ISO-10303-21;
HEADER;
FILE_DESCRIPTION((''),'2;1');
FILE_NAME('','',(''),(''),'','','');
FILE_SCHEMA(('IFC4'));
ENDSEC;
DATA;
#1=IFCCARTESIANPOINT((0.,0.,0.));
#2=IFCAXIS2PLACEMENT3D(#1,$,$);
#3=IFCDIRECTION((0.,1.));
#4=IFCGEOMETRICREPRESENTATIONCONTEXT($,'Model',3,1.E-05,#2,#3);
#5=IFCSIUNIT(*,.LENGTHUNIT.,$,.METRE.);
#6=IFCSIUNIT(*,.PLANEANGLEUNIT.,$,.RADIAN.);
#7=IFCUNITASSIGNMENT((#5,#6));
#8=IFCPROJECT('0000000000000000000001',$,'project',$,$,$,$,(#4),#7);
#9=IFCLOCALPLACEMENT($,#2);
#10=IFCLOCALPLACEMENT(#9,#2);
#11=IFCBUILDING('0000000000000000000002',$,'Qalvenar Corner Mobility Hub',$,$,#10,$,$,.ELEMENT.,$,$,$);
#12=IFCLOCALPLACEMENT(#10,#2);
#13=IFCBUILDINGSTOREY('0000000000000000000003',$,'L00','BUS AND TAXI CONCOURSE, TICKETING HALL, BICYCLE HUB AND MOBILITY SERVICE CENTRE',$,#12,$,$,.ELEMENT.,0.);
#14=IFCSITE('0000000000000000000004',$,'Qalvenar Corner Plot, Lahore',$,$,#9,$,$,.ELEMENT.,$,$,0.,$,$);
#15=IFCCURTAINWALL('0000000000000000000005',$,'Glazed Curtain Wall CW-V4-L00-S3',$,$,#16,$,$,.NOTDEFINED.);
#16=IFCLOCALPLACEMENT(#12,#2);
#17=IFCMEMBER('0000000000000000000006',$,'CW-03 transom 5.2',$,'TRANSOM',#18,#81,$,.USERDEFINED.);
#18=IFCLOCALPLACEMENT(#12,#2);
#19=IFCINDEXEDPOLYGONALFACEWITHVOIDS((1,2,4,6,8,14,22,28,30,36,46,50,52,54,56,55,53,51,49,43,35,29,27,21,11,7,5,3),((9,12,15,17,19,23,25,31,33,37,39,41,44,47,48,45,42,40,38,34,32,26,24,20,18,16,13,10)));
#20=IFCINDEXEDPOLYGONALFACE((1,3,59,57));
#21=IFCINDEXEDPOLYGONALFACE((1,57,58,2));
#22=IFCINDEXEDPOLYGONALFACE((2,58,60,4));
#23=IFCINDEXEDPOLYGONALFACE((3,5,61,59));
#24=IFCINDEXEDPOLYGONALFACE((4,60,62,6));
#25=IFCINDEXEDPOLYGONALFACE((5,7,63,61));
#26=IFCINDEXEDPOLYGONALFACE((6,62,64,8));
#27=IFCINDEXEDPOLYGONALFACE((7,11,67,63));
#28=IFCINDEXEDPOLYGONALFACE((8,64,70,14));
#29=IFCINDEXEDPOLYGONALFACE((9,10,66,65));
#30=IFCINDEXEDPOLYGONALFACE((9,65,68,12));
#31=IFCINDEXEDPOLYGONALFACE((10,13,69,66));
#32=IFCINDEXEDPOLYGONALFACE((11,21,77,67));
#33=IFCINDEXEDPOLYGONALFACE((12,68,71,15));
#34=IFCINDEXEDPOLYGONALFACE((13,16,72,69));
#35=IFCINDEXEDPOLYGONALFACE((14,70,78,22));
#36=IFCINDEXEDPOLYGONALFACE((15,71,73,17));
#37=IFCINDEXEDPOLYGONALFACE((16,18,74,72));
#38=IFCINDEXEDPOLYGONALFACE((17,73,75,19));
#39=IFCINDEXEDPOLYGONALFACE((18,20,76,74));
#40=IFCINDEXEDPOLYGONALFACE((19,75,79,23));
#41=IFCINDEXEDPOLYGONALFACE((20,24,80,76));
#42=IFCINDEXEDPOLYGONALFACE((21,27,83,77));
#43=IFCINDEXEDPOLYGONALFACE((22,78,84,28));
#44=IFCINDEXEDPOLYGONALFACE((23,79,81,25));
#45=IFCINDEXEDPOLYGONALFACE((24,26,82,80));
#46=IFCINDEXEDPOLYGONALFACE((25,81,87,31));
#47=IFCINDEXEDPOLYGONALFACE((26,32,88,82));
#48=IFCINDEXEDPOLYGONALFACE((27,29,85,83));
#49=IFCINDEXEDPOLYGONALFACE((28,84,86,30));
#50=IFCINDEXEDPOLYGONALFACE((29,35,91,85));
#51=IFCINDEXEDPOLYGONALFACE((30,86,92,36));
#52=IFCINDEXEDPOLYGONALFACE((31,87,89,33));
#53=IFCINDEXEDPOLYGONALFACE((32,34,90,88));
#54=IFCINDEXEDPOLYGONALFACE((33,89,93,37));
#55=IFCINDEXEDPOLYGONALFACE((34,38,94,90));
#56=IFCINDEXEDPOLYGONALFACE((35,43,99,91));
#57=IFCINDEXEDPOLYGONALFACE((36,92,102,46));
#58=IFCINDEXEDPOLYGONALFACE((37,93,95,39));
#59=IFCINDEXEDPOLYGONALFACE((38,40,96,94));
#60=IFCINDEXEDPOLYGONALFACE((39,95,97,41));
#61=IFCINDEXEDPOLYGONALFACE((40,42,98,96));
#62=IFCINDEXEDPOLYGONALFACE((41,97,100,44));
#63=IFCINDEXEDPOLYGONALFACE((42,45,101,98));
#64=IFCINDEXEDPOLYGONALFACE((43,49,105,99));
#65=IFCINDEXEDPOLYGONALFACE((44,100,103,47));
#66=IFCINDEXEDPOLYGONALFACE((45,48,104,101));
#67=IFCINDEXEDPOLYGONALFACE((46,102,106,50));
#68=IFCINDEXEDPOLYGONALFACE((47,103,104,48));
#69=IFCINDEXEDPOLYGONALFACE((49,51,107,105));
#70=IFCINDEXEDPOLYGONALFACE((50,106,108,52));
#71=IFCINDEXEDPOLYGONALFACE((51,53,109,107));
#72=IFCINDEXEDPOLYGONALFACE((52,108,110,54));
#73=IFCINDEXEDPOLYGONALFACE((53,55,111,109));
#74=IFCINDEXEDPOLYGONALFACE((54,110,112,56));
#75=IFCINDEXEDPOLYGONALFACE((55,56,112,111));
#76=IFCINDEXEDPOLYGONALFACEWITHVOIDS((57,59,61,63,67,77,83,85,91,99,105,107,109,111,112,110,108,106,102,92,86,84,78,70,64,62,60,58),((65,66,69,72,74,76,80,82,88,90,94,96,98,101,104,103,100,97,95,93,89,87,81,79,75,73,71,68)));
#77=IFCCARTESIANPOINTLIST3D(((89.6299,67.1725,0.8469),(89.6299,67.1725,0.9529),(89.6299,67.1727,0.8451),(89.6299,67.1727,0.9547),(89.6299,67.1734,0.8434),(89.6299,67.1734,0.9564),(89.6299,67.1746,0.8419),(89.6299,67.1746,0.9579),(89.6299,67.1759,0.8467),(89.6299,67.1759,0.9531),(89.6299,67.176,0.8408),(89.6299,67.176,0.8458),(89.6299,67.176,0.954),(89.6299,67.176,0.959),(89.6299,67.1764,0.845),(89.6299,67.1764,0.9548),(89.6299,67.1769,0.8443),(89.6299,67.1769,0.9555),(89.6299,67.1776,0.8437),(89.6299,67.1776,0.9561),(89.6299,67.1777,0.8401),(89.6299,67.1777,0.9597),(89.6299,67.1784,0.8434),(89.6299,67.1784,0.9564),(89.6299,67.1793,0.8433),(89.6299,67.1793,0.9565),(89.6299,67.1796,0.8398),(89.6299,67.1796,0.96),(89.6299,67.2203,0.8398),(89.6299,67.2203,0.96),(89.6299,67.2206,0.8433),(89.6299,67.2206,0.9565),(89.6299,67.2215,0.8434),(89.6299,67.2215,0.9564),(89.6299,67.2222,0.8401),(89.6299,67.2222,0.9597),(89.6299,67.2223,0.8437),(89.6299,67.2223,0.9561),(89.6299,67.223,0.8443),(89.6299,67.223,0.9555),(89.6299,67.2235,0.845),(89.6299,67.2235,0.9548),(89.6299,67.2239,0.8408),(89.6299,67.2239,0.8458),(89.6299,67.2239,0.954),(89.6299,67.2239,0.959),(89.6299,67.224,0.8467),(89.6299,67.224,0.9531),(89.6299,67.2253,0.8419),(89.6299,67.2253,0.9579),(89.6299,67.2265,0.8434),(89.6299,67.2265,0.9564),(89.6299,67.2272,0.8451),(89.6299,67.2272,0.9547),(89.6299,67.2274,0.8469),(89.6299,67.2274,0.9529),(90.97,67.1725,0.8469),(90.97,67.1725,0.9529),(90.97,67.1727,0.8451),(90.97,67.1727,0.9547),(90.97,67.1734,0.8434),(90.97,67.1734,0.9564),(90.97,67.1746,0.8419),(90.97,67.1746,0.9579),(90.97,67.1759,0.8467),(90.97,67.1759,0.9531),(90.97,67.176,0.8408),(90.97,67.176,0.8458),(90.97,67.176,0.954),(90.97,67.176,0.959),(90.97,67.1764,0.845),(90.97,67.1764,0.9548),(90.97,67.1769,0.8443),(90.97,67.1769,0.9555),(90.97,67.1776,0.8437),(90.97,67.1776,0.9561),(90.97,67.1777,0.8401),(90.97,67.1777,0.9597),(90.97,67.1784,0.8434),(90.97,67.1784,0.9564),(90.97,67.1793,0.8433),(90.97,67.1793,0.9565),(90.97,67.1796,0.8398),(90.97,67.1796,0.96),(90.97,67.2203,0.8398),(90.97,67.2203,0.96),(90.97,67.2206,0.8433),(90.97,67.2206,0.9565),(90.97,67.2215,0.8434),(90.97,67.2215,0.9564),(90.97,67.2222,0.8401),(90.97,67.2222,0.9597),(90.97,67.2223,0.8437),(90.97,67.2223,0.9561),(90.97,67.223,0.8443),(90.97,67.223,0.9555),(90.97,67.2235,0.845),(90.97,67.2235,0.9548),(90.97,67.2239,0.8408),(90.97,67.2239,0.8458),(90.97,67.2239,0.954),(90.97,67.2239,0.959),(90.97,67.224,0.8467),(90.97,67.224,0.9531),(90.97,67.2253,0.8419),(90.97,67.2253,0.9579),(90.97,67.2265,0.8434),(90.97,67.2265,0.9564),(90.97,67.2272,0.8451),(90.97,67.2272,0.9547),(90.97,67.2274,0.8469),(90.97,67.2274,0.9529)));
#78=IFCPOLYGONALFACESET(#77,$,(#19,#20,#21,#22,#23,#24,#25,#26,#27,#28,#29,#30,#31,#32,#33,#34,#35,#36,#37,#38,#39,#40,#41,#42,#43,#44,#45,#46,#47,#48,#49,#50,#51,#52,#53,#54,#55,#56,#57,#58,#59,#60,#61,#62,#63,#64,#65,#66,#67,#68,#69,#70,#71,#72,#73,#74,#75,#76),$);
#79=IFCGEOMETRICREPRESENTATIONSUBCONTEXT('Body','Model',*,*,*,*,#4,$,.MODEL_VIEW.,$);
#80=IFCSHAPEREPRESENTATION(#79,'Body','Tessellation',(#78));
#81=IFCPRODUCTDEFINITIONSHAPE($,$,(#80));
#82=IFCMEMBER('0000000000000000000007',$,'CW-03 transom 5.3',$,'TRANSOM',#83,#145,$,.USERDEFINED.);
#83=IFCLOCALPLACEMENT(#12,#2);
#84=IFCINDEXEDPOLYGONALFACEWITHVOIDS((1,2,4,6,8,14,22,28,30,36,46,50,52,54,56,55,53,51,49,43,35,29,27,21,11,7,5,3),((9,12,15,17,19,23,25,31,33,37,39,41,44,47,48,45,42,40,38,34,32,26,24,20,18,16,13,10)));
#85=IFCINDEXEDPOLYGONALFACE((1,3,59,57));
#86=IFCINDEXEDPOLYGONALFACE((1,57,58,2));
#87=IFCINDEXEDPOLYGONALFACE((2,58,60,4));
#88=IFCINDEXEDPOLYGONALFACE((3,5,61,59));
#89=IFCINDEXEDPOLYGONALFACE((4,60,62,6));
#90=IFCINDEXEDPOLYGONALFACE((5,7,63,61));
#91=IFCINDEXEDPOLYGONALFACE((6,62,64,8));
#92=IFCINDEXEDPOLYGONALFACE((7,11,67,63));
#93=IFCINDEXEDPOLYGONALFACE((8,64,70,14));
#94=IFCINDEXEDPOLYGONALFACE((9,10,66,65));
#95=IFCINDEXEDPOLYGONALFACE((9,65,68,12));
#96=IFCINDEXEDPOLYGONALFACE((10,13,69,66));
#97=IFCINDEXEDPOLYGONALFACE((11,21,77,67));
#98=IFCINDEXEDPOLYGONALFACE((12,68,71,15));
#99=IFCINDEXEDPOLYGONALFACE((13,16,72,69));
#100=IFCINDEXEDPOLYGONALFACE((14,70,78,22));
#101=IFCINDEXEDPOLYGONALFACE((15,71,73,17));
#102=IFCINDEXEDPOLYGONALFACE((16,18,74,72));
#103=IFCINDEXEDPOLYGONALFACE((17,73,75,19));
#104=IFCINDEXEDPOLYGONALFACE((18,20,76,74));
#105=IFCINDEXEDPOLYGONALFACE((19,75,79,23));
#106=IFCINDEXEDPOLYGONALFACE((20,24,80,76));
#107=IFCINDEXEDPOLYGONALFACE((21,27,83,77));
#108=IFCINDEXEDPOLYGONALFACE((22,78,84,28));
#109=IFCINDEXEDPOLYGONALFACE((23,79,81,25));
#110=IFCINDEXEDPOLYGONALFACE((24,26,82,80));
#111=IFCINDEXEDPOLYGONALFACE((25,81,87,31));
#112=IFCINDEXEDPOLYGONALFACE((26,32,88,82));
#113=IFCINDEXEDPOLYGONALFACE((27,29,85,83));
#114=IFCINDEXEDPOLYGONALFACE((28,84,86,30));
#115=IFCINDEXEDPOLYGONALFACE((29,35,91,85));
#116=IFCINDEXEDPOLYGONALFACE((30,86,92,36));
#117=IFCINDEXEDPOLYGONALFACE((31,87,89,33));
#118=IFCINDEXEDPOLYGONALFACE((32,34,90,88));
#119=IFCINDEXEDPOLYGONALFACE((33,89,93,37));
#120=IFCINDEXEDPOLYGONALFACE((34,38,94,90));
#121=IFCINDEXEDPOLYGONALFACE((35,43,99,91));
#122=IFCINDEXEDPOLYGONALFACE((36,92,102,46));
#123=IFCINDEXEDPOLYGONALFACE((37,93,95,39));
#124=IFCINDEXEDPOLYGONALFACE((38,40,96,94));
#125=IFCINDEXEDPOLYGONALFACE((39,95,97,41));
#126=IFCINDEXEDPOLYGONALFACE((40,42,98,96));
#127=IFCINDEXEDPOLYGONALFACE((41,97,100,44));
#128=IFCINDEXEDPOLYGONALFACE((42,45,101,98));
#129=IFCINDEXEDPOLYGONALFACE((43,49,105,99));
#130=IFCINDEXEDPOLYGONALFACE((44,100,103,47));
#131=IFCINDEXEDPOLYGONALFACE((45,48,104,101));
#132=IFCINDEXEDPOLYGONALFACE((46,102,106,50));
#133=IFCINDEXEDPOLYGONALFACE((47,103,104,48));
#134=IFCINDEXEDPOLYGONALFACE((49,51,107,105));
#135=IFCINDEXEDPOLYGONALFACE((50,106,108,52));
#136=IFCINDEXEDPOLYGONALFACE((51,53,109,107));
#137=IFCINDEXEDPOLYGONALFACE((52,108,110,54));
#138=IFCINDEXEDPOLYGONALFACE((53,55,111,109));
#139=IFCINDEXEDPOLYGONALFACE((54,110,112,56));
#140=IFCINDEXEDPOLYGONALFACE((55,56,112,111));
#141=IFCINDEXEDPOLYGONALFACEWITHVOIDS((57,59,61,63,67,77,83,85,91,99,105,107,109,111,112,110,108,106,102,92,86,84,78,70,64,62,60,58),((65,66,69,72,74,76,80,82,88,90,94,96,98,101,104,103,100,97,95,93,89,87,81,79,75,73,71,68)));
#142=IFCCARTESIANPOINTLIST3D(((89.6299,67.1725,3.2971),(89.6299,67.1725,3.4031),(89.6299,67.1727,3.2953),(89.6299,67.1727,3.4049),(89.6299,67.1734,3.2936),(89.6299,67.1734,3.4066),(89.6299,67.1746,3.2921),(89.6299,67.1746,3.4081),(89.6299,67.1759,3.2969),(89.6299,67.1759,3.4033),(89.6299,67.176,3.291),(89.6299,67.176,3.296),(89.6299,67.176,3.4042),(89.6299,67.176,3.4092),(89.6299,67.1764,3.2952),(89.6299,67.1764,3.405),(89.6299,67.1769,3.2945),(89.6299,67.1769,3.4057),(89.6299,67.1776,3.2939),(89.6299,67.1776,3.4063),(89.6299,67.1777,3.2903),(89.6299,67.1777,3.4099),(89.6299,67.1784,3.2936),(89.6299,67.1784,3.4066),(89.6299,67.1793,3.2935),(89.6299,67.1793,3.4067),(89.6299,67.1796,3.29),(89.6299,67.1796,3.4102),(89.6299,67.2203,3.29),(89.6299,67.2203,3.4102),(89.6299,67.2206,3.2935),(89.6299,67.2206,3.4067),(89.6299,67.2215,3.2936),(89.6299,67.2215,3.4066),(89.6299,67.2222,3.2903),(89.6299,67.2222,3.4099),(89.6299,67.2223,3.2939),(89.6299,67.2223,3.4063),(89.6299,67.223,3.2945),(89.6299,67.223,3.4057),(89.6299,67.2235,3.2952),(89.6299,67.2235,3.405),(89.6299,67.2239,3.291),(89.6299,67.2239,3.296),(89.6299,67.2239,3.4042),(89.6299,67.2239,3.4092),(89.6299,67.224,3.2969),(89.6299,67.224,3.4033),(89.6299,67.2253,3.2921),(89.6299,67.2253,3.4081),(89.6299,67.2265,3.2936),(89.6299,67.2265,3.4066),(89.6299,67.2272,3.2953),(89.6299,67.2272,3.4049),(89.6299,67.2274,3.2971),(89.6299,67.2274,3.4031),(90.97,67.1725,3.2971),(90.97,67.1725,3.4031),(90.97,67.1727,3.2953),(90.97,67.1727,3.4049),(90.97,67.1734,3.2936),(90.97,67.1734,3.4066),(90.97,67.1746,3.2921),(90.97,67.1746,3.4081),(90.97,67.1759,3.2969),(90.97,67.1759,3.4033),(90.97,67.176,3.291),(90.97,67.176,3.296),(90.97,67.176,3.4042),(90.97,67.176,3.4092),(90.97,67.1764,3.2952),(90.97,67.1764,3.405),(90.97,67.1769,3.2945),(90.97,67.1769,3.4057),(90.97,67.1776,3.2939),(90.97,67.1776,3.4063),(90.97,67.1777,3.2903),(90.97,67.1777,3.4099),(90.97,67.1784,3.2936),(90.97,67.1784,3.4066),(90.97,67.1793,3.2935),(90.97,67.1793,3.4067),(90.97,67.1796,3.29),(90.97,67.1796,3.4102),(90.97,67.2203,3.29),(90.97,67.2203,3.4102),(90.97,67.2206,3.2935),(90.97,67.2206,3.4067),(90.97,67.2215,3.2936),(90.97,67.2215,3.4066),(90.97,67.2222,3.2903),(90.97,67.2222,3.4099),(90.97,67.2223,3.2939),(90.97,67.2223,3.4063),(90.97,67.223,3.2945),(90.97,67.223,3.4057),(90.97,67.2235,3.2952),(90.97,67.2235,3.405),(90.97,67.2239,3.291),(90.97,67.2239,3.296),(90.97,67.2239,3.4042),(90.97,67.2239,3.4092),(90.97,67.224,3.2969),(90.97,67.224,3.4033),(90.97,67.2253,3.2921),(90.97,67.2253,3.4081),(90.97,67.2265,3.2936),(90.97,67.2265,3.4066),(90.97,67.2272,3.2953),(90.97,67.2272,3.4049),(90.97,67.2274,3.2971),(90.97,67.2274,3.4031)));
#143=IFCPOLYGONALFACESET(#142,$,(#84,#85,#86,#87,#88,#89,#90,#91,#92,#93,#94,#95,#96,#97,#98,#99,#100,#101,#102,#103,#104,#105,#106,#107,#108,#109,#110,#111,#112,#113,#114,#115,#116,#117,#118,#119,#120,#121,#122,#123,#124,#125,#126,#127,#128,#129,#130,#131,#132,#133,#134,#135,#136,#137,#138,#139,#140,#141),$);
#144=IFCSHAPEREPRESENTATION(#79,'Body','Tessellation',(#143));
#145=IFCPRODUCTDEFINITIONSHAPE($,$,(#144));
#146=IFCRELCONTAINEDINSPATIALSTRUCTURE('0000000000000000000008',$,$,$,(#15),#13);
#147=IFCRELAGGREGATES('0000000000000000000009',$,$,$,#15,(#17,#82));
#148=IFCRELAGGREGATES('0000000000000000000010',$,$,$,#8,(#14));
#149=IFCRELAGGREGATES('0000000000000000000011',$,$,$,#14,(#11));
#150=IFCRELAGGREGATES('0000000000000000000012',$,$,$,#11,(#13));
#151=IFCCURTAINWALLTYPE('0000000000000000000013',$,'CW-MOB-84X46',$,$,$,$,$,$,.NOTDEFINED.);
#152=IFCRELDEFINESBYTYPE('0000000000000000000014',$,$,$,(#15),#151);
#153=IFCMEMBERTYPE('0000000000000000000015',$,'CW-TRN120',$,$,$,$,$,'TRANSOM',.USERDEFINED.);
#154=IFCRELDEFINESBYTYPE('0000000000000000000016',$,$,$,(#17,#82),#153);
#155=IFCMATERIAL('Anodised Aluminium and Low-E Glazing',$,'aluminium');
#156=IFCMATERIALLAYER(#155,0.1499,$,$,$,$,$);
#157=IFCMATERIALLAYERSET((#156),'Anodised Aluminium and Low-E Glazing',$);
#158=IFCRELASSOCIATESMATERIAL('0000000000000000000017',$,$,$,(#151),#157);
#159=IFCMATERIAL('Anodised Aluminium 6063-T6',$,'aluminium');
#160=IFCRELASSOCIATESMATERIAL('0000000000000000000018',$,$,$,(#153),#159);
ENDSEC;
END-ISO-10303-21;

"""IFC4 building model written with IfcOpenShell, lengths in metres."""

from ifc_helpers import new_model, si_unit, direction, frame, origin, origin_2d, place, context, subcontext, project, spatial, hollow_rectangle, extrude, material, layer, layer_set, material_profile, profile_set, type_object, element, aggregate, save


model = new_model("IFC4")

# Units and contexts
model_context = context("Model", 3, precision=1e-05, world=origin(), true_north=direction((0.0, 1.0)))
body_context = subcontext(model_context, "Body", "Model", "MODEL_VIEW")
ifc_project = project(units=[si_unit("LENGTHUNIT", "METRE"), si_unit("PLANEANGLEUNIT", "RADIAN")], contexts=[model_context])

# Site, building, storey
site_placement = place(None, origin())
site = spatial("IfcSite", under=ifc_project, at=site_placement, Name="Qalvenar Corner Plot, Lahore", CompositionType="ELEMENT", RefElevation=0.0)
building_placement = place(site_placement, origin())
building = spatial("IfcBuilding", under=site, at=building_placement, Name="Qalvenar Corner Mobility Hub", CompositionType="ELEMENT")
storey_placement = place(building_placement, origin())
storey = spatial("IfcBuildingStorey", under=building, at=storey_placement, Name="L00", Description="BUS AND TAXI CONCOURSE, TICKETING HALL, BICYCLE HUB AND MOBILITY SERVICE CENTRE", CompositionType="ELEMENT", Elevation=0.0)

# Curtain wall, members
ifc_material_1 = material(Name="Anodised Aluminium and Low-E Glazing", Category="aluminium")
ifc_layer_1 = layer(ifc_material_1, 0.1499)
ifc_layer_set_1 = layer_set([ifc_layer_1], Name="Anodised Aluminium and Low-E Glazing")
curtain_wall_type = type_object("IfcCurtainWallType", Name="CW-MOB-84X46", PredefinedType="NOTDEFINED", material=ifc_layer_set_1)
curtain_wall_placement = place(storey_placement, origin())
curtain_wall = element("IfcCurtainWall", 1, at=curtain_wall_placement, inside=storey, type_object=curtain_wall_type, Name="Glazed Curtain Wall CW-V4-L00-S3", PredefinedType="NOTDEFINED")
ifc_material_2 = material(Name="Anodised Aluminium 6063-T6", Category="aluminium")
ifc_material_profile_1 = material_profile(ifc_material_2, hollow_rectangle(XDim=0.0549, YDim=0.1201, WallThickness=0.0034, InnerFilletRadius=0.0034, OuterFilletRadius=0.0071, at=origin_2d()), Name="RHS120x55x3.5")
ifc_profile_set_1 = profile_set([ifc_material_profile_1], Name="Anodised Aluminium 6063-T6")
member_type_1 = type_object("IfcMemberType", Name="CW-TRN120", ElementType="TRANSOM", PredefinedType="USERDEFINED", material=ifc_profile_set_1)
member_1_placement = place(storey_placement, frame((89.6299, 67.2, 0.8999), z_axis=(1.0, 0.0, 0.0), x_axis=(0.0, 1.0, 0.0)))
member_1 = element("IfcMember", 2, at=member_1_placement, type_object=member_type_1, Name="CW-03 transom 5.2", ObjectType="TRANSOM", PredefinedType="USERDEFINED", context=body_context, shape_type="SweptSolid", body=[
    extrude(hollow_rectangle(XDim=0.0549, YDim=0.1201, WallThickness=0.0034, InnerFilletRadius=0.0034, OuterFilletRadius=0.0071, at=origin_2d()), origin(), (0.0, 0.0, 1.0), 1.3401),
])
member_2_placement = place(storey_placement, frame((89.6299, 67.2, 3.3501), z_axis=(1.0, 0.0, 0.0), x_axis=(0.0, 1.0, 0.0)))
member_2 = element("IfcMember", 3, at=member_2_placement, type_object=member_type_1, Name="CW-03 transom 5.3", ObjectType="TRANSOM", PredefinedType="USERDEFINED", context=body_context, shape_type="SweptSolid", body=[
    extrude(hollow_rectangle(XDim=0.0549, YDim=0.1201, WallThickness=0.0034, InnerFilletRadius=0.0034, OuterFilletRadius=0.0071, at=origin_2d()), origin(), (0.0, 0.0, 1.0), 1.3401),
])
aggregate(curtain_wall, [member_1, member_2])

save(model, "model.ifc")
